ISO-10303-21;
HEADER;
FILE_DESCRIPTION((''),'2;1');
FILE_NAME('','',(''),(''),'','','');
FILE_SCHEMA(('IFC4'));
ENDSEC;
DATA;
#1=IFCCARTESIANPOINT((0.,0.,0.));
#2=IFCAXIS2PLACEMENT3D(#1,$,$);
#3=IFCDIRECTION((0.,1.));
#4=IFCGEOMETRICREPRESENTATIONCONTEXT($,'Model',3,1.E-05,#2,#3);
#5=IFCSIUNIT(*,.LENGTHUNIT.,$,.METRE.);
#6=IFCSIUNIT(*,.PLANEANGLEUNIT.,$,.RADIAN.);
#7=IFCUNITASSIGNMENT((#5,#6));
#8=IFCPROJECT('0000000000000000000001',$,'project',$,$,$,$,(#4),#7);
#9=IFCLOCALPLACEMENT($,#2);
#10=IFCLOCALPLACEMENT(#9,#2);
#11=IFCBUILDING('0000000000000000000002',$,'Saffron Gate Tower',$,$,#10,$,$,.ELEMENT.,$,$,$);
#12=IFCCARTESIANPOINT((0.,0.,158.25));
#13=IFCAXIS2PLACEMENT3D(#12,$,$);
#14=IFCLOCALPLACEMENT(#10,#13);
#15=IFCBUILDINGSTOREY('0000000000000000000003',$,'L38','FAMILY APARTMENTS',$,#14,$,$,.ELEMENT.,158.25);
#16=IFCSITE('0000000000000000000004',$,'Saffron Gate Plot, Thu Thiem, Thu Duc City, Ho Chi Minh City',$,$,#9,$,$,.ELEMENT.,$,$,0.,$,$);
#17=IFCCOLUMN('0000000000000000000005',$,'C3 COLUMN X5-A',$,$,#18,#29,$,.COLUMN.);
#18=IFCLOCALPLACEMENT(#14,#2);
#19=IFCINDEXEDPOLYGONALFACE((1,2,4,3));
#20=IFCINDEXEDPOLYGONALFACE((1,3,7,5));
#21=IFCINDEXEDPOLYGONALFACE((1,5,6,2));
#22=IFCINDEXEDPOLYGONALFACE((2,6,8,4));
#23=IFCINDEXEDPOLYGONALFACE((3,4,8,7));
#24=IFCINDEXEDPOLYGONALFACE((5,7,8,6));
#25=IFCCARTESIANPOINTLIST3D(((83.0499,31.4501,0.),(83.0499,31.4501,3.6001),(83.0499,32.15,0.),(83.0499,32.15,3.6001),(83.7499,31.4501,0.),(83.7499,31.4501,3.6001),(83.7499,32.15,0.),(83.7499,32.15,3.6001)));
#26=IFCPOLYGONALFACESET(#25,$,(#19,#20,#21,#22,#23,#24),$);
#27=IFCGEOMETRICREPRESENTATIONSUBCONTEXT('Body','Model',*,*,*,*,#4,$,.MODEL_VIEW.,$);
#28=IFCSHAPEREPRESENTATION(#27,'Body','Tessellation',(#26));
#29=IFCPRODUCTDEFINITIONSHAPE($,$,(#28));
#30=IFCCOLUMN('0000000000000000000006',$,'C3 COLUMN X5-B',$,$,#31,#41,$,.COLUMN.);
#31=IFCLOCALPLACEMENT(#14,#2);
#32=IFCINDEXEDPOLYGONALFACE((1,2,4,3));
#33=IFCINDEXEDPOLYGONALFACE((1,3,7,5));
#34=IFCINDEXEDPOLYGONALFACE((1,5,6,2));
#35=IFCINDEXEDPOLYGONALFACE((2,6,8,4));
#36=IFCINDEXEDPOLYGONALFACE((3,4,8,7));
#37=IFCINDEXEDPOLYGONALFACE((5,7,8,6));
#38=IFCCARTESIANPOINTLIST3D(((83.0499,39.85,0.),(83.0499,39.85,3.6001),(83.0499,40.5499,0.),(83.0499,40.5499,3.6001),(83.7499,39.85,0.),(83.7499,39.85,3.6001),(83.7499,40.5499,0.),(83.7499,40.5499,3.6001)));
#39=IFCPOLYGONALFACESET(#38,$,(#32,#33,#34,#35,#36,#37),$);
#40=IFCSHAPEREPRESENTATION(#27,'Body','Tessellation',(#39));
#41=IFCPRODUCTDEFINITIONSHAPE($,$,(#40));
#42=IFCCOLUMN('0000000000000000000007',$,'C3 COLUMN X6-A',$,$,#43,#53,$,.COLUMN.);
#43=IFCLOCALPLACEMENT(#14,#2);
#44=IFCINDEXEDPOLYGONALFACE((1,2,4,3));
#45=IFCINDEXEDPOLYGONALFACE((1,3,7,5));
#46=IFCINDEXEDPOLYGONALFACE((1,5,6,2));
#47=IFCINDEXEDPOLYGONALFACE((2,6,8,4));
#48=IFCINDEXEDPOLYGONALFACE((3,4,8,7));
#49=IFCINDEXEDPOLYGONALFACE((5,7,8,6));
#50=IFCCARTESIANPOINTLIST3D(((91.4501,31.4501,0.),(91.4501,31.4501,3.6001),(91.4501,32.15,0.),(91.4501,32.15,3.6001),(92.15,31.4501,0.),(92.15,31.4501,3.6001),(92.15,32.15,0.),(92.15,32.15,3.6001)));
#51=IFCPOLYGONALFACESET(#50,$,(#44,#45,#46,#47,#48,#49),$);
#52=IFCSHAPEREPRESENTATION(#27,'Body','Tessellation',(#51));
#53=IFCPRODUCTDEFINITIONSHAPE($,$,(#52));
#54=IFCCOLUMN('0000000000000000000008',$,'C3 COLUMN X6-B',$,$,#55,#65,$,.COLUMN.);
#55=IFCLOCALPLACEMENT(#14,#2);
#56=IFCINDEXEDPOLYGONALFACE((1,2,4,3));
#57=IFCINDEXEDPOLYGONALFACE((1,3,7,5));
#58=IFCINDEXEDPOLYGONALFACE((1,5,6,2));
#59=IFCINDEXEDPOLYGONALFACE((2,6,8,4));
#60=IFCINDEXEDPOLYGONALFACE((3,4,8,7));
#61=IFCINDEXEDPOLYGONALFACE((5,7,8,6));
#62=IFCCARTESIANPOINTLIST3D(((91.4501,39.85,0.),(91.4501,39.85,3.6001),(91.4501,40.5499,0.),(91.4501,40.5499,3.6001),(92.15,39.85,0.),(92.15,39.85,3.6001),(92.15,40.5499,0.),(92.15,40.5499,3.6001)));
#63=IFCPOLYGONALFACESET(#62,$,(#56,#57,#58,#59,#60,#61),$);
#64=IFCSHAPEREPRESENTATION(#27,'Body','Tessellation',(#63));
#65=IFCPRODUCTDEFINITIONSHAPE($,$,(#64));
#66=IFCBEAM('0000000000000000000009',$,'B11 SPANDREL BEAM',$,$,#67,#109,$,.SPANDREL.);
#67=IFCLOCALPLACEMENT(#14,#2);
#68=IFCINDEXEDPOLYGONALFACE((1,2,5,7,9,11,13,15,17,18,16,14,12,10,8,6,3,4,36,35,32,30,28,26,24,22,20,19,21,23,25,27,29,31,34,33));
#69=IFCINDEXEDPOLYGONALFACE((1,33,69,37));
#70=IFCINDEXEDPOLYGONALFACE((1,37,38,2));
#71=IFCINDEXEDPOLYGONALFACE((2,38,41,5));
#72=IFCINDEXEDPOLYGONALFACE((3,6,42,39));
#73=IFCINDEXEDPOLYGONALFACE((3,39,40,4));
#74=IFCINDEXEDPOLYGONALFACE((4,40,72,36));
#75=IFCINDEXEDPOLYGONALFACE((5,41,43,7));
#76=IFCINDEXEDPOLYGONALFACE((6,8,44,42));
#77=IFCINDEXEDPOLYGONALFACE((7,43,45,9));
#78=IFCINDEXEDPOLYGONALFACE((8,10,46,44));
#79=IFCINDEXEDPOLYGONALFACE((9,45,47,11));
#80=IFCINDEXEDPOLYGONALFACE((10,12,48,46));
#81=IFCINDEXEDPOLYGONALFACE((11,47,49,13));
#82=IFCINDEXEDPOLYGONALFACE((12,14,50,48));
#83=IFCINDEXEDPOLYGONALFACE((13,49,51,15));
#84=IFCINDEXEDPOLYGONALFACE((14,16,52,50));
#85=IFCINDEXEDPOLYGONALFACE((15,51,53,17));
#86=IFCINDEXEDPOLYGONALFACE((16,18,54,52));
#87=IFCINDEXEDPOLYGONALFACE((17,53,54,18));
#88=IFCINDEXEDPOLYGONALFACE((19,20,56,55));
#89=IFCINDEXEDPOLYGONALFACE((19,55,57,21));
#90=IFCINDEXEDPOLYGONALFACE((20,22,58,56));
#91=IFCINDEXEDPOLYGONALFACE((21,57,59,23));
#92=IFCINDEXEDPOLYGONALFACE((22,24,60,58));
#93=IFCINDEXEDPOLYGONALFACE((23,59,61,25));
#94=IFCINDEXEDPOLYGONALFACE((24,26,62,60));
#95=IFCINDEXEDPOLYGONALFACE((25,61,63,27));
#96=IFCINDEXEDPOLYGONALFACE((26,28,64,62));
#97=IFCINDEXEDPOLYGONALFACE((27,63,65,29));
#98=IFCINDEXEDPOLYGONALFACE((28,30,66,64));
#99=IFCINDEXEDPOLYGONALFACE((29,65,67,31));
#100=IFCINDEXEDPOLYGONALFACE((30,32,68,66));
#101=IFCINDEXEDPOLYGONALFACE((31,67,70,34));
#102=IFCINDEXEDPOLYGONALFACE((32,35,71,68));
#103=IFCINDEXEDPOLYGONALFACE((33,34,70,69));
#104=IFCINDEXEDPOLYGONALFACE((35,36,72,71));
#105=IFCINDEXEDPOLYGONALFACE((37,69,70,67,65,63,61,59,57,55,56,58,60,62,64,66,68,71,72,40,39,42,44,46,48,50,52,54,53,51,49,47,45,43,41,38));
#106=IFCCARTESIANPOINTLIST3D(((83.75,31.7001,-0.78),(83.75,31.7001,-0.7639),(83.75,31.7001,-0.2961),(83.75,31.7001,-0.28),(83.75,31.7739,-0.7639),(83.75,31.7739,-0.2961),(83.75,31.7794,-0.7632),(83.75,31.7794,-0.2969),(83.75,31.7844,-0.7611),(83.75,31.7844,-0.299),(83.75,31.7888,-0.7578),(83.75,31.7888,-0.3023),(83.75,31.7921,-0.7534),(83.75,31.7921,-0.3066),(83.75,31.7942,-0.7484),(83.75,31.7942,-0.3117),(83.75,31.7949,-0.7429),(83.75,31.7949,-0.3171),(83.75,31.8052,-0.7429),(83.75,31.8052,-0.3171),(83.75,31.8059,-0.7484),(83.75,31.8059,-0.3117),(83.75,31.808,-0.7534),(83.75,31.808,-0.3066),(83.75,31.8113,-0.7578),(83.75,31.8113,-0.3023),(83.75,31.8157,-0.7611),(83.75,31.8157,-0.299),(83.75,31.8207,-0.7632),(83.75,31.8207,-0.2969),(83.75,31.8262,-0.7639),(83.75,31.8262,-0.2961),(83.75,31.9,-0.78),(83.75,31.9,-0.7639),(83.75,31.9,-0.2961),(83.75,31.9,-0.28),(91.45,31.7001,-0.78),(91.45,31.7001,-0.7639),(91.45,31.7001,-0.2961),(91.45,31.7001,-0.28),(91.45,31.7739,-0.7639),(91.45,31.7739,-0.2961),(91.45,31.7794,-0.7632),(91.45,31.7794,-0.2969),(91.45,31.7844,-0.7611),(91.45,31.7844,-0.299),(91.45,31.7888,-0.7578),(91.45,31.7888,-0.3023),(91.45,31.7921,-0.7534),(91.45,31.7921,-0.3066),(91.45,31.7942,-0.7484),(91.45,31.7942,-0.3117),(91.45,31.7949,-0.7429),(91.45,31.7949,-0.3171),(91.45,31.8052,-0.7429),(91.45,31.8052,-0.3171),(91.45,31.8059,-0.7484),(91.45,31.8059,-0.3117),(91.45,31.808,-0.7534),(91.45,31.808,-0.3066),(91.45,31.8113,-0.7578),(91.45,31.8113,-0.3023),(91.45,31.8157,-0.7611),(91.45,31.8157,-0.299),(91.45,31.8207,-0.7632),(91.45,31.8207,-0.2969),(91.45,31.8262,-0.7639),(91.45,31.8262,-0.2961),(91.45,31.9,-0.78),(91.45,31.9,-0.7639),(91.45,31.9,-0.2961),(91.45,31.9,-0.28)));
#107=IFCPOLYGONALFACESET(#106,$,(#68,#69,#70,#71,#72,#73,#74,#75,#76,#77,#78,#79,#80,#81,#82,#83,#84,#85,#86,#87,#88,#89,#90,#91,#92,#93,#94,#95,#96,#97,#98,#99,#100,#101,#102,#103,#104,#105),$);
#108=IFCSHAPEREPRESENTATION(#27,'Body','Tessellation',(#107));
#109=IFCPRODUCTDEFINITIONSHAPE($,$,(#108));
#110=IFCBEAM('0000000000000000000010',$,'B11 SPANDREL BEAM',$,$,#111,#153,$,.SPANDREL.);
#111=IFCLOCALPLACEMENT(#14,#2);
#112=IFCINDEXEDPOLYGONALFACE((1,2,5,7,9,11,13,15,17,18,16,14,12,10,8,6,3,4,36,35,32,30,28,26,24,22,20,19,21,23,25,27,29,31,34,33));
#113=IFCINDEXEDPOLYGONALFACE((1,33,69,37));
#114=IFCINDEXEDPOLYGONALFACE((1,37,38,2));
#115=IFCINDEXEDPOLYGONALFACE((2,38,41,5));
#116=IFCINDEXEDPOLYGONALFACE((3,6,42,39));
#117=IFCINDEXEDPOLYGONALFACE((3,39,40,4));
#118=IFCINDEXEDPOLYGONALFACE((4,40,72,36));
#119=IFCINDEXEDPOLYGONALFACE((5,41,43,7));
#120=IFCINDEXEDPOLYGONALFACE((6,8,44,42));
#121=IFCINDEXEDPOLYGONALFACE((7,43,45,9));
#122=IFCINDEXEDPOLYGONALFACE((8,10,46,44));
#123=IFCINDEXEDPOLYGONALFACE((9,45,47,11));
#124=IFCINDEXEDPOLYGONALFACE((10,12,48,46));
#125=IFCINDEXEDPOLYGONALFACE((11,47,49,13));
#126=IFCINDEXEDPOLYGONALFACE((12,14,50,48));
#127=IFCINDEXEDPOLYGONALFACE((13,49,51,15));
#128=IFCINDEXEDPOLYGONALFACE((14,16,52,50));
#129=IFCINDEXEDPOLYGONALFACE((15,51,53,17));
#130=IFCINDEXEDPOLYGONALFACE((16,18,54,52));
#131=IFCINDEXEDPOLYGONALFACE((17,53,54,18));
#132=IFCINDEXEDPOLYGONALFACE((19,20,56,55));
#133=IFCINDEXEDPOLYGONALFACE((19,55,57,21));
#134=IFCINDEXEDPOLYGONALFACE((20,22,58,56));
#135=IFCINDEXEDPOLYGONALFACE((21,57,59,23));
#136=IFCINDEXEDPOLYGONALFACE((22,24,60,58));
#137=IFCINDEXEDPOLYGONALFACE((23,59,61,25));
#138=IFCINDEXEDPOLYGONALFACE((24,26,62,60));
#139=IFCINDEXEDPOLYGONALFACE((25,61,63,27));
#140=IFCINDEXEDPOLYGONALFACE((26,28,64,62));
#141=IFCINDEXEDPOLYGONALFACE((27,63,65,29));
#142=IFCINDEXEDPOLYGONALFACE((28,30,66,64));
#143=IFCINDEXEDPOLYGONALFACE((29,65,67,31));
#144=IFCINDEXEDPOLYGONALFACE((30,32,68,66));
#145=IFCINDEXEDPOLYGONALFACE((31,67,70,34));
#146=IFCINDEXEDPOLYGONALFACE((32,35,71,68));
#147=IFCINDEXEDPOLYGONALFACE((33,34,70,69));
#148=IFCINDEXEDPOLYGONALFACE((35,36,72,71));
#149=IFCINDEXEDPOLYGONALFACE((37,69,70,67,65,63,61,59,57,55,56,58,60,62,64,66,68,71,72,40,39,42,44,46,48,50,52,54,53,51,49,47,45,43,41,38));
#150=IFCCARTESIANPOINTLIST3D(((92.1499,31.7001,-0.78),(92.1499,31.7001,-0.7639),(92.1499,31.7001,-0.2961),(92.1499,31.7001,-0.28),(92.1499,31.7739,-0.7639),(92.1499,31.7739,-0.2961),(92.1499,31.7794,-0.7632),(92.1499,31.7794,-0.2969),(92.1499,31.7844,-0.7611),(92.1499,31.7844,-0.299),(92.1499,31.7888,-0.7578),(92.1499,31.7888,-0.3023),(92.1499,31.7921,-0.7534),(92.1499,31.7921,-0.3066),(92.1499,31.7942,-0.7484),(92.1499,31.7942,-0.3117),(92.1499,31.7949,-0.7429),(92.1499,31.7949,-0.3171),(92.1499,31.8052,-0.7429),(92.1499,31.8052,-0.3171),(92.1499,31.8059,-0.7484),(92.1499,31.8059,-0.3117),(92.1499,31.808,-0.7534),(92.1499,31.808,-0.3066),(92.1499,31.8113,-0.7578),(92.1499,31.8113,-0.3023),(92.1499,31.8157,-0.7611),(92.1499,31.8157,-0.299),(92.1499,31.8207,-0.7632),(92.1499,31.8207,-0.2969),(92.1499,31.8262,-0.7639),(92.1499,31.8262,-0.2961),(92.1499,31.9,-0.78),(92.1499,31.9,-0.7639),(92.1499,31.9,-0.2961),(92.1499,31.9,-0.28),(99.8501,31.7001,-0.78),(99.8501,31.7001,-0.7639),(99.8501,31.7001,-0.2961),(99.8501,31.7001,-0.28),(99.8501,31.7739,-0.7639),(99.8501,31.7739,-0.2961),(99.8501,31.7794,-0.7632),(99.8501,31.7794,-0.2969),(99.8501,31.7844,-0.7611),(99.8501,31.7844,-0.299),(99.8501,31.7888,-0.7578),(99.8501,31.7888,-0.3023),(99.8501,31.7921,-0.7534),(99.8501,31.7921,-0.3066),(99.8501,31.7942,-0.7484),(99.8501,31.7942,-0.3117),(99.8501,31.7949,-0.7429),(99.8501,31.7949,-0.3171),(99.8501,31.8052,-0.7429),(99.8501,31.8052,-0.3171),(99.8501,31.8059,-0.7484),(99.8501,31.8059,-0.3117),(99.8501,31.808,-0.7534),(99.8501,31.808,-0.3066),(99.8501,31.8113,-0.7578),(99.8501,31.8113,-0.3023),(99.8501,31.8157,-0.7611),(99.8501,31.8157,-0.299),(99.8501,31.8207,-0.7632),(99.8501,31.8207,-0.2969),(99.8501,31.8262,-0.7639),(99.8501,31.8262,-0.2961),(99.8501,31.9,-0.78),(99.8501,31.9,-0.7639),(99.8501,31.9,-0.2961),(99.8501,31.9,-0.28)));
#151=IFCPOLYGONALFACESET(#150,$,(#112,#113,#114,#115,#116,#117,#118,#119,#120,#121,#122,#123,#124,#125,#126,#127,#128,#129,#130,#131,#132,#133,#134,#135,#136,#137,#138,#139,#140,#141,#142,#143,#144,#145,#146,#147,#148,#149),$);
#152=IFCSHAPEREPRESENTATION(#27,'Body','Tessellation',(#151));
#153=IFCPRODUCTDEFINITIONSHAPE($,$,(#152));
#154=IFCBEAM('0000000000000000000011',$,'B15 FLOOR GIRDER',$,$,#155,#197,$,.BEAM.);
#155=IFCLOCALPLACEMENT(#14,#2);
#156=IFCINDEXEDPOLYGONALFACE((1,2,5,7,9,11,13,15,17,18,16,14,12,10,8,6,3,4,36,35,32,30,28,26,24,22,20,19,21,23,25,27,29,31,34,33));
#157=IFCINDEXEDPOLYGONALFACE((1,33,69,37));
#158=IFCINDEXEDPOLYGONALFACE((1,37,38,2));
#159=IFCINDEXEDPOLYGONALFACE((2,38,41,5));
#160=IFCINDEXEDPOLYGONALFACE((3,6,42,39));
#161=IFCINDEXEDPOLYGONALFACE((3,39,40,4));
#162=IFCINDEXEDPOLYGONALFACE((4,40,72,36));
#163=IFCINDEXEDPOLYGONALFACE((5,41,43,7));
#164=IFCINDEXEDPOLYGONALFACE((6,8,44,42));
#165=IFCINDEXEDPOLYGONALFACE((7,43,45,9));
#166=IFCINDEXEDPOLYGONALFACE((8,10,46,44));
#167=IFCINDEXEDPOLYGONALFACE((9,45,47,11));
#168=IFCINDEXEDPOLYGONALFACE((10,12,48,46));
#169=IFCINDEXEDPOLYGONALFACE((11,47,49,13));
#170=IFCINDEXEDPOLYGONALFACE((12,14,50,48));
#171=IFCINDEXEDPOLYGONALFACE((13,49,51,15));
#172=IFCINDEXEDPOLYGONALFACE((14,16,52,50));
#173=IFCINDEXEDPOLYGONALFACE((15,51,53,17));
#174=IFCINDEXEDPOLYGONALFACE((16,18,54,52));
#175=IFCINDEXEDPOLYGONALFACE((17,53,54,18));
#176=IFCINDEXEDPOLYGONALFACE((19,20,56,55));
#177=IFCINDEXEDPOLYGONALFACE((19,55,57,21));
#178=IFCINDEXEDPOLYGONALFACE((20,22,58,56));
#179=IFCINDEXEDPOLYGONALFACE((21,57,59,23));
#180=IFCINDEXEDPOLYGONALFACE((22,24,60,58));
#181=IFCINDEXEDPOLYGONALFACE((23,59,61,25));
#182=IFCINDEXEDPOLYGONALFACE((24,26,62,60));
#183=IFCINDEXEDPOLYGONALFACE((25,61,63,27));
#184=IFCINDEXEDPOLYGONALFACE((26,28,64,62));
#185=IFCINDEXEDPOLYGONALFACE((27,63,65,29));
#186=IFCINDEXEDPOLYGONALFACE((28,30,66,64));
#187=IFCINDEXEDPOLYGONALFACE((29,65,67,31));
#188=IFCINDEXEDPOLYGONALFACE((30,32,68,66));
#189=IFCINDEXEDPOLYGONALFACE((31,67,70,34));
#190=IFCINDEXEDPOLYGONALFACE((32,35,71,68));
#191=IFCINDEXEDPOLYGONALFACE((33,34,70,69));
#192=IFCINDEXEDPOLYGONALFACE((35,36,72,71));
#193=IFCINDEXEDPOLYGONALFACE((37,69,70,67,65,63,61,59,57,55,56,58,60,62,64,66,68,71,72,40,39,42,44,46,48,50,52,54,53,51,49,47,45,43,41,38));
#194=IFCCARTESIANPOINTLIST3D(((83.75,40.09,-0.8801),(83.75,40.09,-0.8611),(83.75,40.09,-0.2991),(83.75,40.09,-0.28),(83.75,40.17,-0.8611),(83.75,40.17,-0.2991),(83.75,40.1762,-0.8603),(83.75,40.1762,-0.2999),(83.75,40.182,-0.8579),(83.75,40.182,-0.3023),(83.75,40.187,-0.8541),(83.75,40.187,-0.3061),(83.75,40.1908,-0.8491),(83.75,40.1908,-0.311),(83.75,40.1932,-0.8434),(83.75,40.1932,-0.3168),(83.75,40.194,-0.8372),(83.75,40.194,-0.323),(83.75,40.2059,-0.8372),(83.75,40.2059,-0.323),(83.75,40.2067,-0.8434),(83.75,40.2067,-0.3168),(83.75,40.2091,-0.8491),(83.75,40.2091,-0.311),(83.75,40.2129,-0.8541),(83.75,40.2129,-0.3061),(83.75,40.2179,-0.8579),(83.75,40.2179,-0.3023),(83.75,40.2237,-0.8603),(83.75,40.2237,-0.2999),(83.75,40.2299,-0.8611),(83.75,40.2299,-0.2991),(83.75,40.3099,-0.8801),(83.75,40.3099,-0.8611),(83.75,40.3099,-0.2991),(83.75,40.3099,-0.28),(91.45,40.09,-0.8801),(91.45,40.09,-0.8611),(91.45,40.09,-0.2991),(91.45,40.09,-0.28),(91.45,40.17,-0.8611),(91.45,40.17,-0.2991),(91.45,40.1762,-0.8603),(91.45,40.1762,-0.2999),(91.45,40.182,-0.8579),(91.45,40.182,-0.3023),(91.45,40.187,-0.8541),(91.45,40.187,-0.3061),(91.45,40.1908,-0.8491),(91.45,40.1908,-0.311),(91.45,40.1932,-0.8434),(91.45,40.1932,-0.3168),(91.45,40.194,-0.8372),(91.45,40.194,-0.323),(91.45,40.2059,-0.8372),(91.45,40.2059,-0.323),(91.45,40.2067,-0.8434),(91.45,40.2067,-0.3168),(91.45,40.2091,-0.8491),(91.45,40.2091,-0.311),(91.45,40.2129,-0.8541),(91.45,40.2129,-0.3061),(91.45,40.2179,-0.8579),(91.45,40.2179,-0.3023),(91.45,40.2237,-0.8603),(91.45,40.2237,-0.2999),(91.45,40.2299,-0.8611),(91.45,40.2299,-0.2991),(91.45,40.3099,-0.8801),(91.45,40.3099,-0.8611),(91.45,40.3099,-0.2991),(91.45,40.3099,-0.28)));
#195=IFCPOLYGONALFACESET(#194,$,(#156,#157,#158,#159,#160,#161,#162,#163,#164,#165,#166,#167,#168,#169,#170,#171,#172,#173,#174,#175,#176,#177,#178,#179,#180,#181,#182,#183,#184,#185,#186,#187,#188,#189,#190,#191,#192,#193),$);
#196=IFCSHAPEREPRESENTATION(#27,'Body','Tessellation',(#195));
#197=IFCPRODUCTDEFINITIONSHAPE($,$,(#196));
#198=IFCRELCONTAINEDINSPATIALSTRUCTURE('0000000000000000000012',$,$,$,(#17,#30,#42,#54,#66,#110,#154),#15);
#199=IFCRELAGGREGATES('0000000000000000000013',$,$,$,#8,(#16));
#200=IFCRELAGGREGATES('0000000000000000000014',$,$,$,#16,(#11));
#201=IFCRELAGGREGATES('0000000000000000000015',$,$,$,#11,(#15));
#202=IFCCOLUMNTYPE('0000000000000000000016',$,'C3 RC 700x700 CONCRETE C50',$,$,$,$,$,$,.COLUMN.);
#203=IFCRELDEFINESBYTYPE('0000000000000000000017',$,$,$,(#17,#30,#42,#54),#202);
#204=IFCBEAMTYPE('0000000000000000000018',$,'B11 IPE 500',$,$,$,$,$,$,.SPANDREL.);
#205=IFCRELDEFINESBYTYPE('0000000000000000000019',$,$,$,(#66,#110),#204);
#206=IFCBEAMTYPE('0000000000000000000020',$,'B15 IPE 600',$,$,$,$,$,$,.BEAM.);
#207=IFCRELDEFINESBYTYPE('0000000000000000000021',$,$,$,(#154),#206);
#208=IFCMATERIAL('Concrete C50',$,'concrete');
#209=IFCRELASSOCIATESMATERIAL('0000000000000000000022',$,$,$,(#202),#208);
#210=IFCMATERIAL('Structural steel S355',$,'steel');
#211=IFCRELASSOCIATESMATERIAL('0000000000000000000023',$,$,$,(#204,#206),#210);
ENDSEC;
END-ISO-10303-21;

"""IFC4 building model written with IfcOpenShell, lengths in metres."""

from ifc_helpers import new_model, si_unit, direction, frame, origin, origin_2d, place, context, subcontext, project, spatial, rectangle, i_section, extrude, material, material_profile, profile_set, type_object, element, save


model = new_model("IFC4")

# Units and contexts
model_context = context("Model", 3, precision=1e-05, world=origin(), true_north=direction((0.0, 1.0)))
body_context = subcontext(model_context, "Body", "Model", "MODEL_VIEW")
ifc_project = project(units=[si_unit("LENGTHUNIT", "METRE"), si_unit("PLANEANGLEUNIT", "RADIAN")], contexts=[model_context])

# Site, building, storey
site_placement = place(None, origin())
site = spatial("IfcSite", under=ifc_project, at=site_placement, Name="Saffron Gate Plot, Thu Thiem, Thu Duc City, Ho Chi Minh City", CompositionType="ELEMENT", RefElevation=0.0)
building_placement = place(site_placement, origin())
building = spatial("IfcBuilding", under=site, at=building_placement, Name="Saffron Gate Tower", CompositionType="ELEMENT")
storey_placement = place(building_placement, frame((0.0, 0.0, 158.25)))
storey = spatial("IfcBuildingStorey", under=building, at=storey_placement, Name="L38", Description="FAMILY APARTMENTS", CompositionType="ELEMENT", Elevation=158.25)

# Columns
ifc_material_1 = material(Name="Concrete C50", Category="concrete")
ifc_material_profile_1 = material_profile(ifc_material_1, rectangle(XDim=0.7, YDim=0.7, at=origin_2d()))
ifc_profile_set_1 = profile_set([ifc_material_profile_1], Name="Concrete C50")
column_type = type_object("IfcColumnType", Name="C3 RC 700x700 CONCRETE C50", PredefinedType="COLUMN", material=ifc_profile_set_1)
for number, where, z_axis, x_axis, name in (
    (1, (83.3999, 31.8, 0.0), (0.0, 0.0, 1.0), (1.0, 0.0, 0.0), "C3 COLUMN X5-A"),
    (2, (83.3999, 40.2, 0.0), (0.0, 0.0, 1.0), (1.0, 0.0, 0.0), "C3 COLUMN X5-B"),
    (3, (91.8, 31.8, 0.0), (0.0, 0.0, 1.0), (1.0, 0.0, 0.0), "C3 COLUMN X6-A"),
    (4, (91.8, 40.2, 0.0), (0.0, 0.0, 1.0), (1.0, 0.0, 0.0), "C3 COLUMN X6-B"),
):
    element("IfcColumn", number, at=place(storey_placement, frame(where, z_axis=z_axis, x_axis=x_axis)), inside=storey, type_object=column_type, Name=name, PredefinedType="COLUMN", context=body_context, shape_type="SweptSolid", body=[
        extrude(rectangle(XDim=0.7, YDim=0.7, at=origin_2d()), origin(), (0.0, 0.0, 1.0), 3.6001),
    ])

# Beams
ifc_material_2 = material(Name="Structural steel S355", Category="steel")
ifc_material_profile_2 = material_profile(ifc_material_2, i_section(OverallWidth=0.2, OverallDepth=0.5, WebThickness=0.0103, FlangeThickness=0.0161, FilletRadius=0.021, at=origin_2d()))
ifc_profile_set_2 = profile_set([ifc_material_profile_2], Name="Structural steel S355")
beam_type_1 = type_object("IfcBeamType", Name="B11 IPE 500", PredefinedType="SPANDREL", material=ifc_profile_set_2)
beam_1_placement = place(storey_placement, frame((83.75, 31.8, -0.53), z_axis=(1.0, 0.0, 0.0), x_axis=(0.0, 1.0, 0.0)))
element("IfcBeam", 5, at=beam_1_placement, inside=storey, type_object=beam_type_1, Name="B11 SPANDREL BEAM", PredefinedType="SPANDREL", context=body_context, shape_type="SweptSolid", body=[
    extrude(i_section(OverallWidth=0.2, OverallDepth=0.5, WebThickness=0.0103, FlangeThickness=0.0161, FilletRadius=0.021, at=origin_2d()), origin(), (0.0, 0.0, 1.0), 7.7),
])
beam_2_placement = place(storey_placement, frame((92.1499, 31.8, -0.53), z_axis=(1.0, 0.0, 0.0), x_axis=(0.0, 1.0, 0.0)))
element("IfcBeam", 6, at=beam_2_placement, inside=storey, type_object=beam_type_1, Name="B11 SPANDREL BEAM", PredefinedType="SPANDREL", context=body_context, shape_type="SweptSolid", body=[
    extrude(i_section(OverallWidth=0.2, OverallDepth=0.5, WebThickness=0.0103, FlangeThickness=0.0161, FilletRadius=0.021, at=origin_2d()), origin(), (0.0, 0.0, 1.0), 7.7002),
])
ifc_material_profile_3 = material_profile(ifc_material_2, i_section(OverallWidth=0.22, OverallDepth=0.6001, WebThickness=0.012, FlangeThickness=0.019, FilletRadius=0.0239, at=origin_2d()))
ifc_profile_set_3 = profile_set([ifc_material_profile_3], Name="Structural steel S355")
beam_type_2 = type_object("IfcBeamType", Name="B15 IPE 600", PredefinedType="BEAM", material=ifc_profile_set_3)
beam_3_placement = place(storey_placement, frame((83.75, 40.2, -0.5801), z_axis=(1.0, 0.0, 0.0), x_axis=(0.0, 1.0, 0.0)))
element("IfcBeam", 7, at=beam_3_placement, inside=storey, type_object=beam_type_2, Name="B15 FLOOR GIRDER", PredefinedType="BEAM", context=body_context, shape_type="SweptSolid", body=[
    extrude(i_section(OverallWidth=0.22, OverallDepth=0.6001, WebThickness=0.012, FlangeThickness=0.019, FilletRadius=0.0239, at=origin_2d()), origin(), (0.0, 0.0, 1.0), 7.7),
])

save(model, "model.ifc")
